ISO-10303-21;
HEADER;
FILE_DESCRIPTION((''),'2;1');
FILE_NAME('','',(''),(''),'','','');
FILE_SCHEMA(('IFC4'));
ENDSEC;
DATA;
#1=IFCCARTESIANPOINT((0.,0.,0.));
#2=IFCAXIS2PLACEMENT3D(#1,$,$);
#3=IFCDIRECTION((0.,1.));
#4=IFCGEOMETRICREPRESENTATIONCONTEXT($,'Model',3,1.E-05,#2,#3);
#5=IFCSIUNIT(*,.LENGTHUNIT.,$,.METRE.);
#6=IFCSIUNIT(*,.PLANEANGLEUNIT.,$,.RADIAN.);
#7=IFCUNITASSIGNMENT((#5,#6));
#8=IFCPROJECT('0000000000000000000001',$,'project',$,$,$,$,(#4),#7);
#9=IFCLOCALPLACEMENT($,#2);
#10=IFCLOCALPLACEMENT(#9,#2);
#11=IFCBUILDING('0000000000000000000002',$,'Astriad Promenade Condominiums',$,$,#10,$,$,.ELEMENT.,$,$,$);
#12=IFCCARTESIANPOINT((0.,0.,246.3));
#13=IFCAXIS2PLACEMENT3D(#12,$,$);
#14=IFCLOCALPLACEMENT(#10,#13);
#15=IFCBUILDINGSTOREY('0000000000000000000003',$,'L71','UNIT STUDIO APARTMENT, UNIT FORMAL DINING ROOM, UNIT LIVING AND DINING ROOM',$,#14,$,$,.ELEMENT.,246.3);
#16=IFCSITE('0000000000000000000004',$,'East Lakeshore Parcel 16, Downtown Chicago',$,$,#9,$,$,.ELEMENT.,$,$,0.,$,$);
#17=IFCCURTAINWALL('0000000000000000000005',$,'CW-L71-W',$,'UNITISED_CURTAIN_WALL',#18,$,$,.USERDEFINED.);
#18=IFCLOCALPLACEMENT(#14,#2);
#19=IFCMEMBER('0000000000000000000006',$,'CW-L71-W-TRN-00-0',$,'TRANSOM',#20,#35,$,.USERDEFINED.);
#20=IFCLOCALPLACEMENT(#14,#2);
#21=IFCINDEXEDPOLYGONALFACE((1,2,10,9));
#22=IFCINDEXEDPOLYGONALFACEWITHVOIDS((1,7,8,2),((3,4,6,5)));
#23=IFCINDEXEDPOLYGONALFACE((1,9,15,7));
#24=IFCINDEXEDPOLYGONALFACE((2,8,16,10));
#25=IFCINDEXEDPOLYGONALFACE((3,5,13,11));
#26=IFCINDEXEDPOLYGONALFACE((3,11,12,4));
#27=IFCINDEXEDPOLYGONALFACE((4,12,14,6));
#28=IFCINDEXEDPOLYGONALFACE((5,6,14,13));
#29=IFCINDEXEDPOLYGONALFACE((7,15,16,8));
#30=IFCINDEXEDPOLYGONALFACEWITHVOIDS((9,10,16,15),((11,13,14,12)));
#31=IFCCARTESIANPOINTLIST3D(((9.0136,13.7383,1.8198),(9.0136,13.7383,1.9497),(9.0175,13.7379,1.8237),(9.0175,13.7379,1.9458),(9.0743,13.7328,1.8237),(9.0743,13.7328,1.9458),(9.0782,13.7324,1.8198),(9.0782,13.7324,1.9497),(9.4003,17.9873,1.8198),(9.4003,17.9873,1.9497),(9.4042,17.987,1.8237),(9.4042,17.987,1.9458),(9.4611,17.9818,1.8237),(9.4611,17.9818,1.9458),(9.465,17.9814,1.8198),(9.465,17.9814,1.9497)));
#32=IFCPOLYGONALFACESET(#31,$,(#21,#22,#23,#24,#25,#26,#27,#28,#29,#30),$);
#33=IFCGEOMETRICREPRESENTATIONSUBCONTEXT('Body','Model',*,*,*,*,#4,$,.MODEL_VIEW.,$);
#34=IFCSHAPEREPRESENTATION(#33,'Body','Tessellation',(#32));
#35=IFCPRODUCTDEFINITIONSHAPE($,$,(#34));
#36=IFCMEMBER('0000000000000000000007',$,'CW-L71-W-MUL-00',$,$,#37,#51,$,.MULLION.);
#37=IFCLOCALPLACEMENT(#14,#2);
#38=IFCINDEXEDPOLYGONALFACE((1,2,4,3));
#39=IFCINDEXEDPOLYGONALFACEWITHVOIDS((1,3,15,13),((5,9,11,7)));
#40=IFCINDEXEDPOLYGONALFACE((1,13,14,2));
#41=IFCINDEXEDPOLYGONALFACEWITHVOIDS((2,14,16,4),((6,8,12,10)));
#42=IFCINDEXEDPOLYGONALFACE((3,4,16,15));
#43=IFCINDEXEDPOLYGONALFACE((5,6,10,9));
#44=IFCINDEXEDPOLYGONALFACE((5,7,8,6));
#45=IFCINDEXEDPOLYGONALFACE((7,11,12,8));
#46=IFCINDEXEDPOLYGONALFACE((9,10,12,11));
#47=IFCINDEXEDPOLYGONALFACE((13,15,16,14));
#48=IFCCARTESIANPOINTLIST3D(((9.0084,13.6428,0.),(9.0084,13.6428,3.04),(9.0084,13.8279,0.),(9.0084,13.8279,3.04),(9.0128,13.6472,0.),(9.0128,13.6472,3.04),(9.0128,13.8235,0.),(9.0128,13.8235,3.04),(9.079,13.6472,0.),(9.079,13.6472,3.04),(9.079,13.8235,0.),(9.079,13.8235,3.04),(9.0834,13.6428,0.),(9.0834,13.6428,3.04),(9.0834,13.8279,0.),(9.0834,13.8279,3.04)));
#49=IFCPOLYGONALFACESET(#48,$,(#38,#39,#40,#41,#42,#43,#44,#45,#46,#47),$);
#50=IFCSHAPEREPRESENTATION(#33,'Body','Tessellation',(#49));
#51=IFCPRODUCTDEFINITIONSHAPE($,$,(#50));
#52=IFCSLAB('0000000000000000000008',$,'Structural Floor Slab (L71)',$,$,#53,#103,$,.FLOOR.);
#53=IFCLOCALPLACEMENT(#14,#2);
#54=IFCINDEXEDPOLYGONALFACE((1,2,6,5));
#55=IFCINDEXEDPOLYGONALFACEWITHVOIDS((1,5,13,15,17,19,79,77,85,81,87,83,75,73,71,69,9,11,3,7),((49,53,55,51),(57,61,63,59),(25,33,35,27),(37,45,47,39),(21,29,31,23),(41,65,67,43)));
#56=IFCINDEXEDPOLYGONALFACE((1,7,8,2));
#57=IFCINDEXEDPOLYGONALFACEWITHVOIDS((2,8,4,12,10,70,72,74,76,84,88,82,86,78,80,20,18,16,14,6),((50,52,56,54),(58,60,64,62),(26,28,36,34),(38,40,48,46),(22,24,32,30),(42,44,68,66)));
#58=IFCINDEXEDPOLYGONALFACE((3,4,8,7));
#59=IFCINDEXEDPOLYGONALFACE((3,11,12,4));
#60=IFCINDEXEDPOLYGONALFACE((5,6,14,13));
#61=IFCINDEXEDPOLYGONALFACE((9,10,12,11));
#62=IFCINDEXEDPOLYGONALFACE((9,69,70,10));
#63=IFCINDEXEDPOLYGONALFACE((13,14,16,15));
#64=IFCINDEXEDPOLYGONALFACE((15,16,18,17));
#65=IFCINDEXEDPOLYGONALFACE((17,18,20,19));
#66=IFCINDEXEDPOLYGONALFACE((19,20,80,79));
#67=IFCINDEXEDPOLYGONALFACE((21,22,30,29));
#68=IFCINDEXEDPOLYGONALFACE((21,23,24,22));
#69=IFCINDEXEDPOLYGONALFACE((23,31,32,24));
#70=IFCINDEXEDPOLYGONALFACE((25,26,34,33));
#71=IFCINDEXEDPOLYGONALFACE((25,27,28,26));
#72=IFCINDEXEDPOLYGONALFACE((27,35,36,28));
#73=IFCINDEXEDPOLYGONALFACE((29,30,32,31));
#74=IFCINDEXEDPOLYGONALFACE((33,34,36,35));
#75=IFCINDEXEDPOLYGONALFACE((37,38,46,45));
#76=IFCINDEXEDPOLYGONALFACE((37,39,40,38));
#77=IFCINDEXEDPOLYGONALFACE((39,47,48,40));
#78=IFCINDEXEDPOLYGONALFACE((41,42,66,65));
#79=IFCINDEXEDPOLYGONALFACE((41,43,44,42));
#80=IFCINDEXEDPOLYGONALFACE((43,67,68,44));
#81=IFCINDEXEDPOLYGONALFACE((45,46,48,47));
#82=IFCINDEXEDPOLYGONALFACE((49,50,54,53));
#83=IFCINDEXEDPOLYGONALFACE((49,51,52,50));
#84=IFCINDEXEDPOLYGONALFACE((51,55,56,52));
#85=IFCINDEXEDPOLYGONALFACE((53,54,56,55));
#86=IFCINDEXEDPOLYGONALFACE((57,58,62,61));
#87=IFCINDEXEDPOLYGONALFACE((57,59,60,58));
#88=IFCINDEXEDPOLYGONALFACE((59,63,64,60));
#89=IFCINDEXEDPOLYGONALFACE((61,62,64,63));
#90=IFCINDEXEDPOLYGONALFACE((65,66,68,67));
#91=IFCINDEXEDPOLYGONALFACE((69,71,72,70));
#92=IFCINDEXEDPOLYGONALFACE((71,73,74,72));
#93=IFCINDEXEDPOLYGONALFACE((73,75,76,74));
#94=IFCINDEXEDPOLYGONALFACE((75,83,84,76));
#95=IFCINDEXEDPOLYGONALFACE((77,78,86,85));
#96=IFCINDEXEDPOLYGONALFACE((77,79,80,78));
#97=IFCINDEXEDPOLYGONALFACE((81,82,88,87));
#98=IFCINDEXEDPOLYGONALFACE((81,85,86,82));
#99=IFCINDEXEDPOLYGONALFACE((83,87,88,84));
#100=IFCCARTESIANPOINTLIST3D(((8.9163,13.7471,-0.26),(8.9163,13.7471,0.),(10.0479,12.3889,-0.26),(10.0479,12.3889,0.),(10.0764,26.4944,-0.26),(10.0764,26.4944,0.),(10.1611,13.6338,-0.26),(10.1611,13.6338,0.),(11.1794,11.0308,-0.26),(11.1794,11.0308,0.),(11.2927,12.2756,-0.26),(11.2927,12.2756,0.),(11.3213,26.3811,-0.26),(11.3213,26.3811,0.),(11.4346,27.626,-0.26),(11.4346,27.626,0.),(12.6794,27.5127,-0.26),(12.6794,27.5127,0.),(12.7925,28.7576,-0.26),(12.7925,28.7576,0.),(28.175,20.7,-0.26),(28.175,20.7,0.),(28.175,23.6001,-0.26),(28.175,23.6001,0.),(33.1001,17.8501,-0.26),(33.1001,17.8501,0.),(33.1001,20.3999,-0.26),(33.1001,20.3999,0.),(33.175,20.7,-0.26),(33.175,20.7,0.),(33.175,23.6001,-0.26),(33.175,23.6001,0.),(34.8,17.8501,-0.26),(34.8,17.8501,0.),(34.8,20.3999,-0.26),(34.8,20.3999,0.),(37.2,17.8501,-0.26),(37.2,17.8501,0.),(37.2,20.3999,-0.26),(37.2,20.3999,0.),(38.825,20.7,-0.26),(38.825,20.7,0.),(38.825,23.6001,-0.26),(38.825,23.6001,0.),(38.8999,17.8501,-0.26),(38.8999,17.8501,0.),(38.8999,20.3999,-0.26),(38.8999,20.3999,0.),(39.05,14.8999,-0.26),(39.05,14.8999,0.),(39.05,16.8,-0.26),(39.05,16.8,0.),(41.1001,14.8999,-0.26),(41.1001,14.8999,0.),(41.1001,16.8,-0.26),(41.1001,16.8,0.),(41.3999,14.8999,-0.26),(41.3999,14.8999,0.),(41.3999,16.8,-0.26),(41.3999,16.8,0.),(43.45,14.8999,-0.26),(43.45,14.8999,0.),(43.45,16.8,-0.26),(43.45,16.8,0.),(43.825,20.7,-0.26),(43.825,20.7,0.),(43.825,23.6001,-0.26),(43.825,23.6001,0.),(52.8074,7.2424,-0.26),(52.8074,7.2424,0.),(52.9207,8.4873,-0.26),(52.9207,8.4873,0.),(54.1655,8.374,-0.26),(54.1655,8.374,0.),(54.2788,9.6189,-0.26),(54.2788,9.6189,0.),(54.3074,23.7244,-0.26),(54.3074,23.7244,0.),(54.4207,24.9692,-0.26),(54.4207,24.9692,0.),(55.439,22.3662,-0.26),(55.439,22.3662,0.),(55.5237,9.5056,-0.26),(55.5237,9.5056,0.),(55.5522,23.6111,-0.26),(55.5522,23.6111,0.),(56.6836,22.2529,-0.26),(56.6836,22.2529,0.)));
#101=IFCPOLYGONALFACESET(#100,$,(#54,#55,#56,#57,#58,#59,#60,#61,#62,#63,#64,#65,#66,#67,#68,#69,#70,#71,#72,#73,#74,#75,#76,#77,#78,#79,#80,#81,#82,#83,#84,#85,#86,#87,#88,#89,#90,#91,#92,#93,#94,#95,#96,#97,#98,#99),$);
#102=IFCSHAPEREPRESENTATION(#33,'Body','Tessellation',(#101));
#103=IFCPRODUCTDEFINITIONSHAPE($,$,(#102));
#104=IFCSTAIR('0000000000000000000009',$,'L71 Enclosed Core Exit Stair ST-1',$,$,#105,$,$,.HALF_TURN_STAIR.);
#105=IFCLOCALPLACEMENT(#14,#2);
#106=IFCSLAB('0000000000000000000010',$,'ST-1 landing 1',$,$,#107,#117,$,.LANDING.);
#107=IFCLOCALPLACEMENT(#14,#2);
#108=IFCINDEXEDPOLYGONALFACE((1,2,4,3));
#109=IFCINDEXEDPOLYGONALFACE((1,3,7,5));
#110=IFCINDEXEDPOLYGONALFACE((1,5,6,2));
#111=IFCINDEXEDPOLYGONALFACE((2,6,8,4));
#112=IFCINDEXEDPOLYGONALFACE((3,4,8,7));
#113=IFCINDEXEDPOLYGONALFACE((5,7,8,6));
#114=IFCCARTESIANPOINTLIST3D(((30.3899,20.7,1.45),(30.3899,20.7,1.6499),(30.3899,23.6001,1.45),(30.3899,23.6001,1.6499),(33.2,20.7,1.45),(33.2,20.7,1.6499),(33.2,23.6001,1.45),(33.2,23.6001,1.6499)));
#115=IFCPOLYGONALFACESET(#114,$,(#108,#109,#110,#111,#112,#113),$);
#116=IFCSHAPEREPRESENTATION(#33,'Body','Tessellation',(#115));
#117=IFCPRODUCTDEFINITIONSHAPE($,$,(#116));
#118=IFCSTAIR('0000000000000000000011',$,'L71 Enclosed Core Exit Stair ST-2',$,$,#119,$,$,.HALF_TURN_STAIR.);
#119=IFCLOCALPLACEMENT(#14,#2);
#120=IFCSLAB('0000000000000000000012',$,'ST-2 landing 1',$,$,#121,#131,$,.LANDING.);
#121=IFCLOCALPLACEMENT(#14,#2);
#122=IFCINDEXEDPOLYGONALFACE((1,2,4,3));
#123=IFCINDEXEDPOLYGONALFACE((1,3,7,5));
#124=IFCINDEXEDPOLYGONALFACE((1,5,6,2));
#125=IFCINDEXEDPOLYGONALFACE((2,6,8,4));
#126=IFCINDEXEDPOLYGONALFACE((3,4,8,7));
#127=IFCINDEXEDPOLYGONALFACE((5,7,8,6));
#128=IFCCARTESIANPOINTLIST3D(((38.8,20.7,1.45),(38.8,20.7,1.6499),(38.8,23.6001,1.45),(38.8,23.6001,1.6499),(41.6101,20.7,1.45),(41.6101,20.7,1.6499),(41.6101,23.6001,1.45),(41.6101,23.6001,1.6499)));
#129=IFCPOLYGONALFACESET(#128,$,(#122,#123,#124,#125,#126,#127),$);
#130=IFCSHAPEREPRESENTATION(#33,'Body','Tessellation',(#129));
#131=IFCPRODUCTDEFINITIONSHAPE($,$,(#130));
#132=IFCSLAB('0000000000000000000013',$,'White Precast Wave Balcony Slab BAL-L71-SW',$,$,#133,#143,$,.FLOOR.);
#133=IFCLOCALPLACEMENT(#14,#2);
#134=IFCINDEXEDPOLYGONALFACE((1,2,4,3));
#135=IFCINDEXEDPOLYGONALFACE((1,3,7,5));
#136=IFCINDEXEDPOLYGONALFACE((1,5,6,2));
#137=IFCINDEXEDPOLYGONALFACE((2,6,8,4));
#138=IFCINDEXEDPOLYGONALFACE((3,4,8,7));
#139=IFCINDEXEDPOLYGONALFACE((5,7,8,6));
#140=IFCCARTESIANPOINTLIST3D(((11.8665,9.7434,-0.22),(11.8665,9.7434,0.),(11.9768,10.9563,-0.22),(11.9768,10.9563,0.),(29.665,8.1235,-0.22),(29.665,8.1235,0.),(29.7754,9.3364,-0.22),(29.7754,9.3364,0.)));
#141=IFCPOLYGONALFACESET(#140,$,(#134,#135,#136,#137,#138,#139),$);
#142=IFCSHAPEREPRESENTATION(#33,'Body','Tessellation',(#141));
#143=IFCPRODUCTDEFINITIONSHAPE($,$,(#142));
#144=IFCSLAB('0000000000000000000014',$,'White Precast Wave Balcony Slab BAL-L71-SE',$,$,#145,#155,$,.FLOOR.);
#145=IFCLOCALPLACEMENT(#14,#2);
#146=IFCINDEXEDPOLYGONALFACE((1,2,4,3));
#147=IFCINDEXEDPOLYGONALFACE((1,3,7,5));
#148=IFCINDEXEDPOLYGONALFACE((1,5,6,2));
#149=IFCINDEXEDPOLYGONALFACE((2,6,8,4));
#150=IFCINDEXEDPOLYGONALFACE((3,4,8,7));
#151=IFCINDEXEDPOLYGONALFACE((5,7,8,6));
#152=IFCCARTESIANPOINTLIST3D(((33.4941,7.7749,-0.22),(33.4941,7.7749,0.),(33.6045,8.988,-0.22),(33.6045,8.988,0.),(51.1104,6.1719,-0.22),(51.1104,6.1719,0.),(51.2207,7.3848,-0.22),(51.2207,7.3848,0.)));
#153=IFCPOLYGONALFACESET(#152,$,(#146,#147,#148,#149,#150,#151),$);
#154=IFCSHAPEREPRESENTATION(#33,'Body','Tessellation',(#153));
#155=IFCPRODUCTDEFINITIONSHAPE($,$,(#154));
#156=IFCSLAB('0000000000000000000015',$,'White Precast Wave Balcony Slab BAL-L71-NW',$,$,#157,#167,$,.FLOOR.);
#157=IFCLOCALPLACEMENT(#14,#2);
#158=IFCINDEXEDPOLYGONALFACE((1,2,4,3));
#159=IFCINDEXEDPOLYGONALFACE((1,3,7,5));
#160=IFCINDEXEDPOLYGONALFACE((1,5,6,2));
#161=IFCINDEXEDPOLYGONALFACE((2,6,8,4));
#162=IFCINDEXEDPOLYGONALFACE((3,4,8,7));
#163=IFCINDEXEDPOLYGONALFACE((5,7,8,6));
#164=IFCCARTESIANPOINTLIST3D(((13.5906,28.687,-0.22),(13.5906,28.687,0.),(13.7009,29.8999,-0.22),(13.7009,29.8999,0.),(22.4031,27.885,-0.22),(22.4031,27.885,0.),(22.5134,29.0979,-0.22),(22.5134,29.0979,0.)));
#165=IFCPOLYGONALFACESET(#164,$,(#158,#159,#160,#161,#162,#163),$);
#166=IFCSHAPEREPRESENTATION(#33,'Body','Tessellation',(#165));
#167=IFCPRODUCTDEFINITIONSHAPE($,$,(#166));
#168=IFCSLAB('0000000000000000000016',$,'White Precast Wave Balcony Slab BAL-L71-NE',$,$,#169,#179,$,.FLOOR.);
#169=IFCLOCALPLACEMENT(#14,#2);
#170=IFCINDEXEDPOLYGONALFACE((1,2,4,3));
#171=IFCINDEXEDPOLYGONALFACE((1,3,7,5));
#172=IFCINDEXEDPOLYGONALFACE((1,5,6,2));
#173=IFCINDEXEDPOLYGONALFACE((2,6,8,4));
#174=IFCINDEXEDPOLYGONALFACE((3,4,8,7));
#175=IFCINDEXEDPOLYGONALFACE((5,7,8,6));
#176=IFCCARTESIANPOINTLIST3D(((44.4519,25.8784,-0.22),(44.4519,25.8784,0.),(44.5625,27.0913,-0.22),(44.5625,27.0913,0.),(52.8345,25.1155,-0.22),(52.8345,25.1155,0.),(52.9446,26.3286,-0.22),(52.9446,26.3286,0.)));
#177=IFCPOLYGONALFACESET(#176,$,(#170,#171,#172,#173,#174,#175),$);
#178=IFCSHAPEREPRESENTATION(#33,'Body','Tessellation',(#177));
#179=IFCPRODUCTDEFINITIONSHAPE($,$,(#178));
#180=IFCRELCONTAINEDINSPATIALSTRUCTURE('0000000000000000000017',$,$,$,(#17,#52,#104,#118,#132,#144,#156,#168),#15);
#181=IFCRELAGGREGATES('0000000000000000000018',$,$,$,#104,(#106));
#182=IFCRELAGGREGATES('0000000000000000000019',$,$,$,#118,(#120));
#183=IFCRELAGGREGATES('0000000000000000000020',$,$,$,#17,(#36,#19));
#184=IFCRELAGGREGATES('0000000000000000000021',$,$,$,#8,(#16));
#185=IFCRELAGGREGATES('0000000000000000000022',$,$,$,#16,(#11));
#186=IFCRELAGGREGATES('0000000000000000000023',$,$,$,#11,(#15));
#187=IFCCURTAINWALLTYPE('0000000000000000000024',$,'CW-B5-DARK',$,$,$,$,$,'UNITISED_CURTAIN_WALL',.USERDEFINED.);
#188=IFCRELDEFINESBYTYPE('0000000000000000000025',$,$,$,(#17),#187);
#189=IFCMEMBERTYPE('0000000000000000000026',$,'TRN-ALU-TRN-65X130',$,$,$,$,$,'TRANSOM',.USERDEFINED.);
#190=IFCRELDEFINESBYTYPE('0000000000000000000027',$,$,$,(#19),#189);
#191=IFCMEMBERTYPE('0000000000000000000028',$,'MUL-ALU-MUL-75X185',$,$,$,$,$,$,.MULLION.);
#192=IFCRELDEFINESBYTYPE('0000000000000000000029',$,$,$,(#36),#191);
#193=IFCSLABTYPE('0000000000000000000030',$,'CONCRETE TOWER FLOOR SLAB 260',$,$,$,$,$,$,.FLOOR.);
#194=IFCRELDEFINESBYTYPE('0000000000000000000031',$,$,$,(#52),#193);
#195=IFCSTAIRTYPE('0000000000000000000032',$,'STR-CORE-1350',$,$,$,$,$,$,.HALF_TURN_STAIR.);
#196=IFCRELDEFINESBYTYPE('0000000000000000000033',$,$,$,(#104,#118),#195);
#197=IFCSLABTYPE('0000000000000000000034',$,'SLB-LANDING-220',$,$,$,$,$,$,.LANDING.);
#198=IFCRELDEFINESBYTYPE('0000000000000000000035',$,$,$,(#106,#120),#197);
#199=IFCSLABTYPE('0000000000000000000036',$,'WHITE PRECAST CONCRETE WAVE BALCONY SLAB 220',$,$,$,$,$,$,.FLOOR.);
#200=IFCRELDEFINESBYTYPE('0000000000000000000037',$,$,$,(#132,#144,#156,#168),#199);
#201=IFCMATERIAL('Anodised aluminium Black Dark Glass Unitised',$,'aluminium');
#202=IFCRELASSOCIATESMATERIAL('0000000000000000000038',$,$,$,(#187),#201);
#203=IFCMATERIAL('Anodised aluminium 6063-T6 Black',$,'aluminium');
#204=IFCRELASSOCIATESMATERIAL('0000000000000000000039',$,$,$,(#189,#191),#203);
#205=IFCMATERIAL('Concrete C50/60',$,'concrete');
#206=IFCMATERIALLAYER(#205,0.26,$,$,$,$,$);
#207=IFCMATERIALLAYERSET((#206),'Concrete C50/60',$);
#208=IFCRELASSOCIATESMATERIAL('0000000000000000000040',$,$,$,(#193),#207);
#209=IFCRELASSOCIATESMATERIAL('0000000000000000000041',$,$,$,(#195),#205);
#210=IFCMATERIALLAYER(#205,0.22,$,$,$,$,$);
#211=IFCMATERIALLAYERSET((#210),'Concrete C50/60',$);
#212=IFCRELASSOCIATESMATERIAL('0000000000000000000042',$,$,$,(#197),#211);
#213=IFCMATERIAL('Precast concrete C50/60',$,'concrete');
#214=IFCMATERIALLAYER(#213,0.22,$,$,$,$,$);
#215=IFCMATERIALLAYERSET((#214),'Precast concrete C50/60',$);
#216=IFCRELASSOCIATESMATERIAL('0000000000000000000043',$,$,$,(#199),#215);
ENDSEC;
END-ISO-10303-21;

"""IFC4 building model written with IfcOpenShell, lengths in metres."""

from ifc_helpers import new_model, si_unit, direction, frame, origin, origin_2d, place, context, subcontext, project, spatial, polyline, hollow_rectangle, outline, extrude, source, transform, mapped, material, layer, layer_set, material_profile, profile_set, type_object, type_shapes, element, aggregate, save


model = new_model("IFC4")

# Units and contexts
model_context = context("Model", 3, precision=1e-05, world=origin(), true_north=direction((0.0, 1.0)))
body_context = subcontext(model_context, "Body", "Model", "MODEL_VIEW")
ifc_project = project(units=[si_unit("LENGTHUNIT", "METRE"), si_unit("PLANEANGLEUNIT", "RADIAN")], contexts=[model_context])

# Site, building, storey
site_placement = place(None, origin())
site = spatial("IfcSite", under=ifc_project, at=site_placement, Name="East Lakeshore Parcel 16, Downtown Chicago", CompositionType="ELEMENT", RefElevation=0.0)
building_placement = place(site_placement, origin())
building = spatial("IfcBuilding", under=site, at=building_placement, Name="Astriad Promenade Condominiums", CompositionType="ELEMENT")
storey_placement = place(building_placement, frame((0.0, 0.0, 246.3)))
storey = spatial("IfcBuildingStorey", under=building, at=storey_placement, Name="L71", Description="UNIT STUDIO APARTMENT, UNIT FORMAL DINING ROOM, UNIT LIVING AND DINING ROOM", CompositionType="ELEMENT", Elevation=246.3)

# Curtain wall, members
ifc_material_1 = material(Name="Anodised aluminium Black Dark Glass Unitised", Category="aluminium")
curtain_wall_type = type_object("IfcCurtainWallType", Name="CW-B5-DARK", ElementType="UNITISED_CURTAIN_WALL", PredefinedType="USERDEFINED", material=ifc_material_1)
curtain_wall_placement = place(storey_placement, origin())
curtain_wall = element("IfcCurtainWall", 1, at=curtain_wall_placement, inside=storey, type_object=curtain_wall_type, Name="CW-L71-W", ObjectType="UNITISED_CURTAIN_WALL", PredefinedType="USERDEFINED")
ifc_material_2 = material(Name="Anodised aluminium 6063-T6 Black", Category="aluminium")
ifc_material_profile_1 = material_profile(ifc_material_2, hollow_rectangle(XDim=0.0649, YDim=0.1299, WallThickness=0.0039, at=origin_2d()), Name="ALU-TRN-65X130")
ifc_profile_set_1 = profile_set([ifc_material_profile_1], Name="Anodised aluminium 6063-T6 Black")
member_type_1 = type_object("IfcMemberType", Name="TRN-ALU-TRN-65X130", ElementType="TRANSOM", PredefinedType="USERDEFINED", material=ifc_profile_set_1)
shared_shape_1 = source(origin(), body_context, "Body", "SweptSolid", [
    extrude(hollow_rectangle(XDim=0.0649, YDim=0.1299, WallThickness=0.0039, at=origin_2d()), origin(), (0.0, 0.0, 1.0), 4.2666),
])
type_shapes(member_type_1, [shared_shape_1])
member_1_placement = place(storey_placement, frame((9.0459, 13.7354, 1.8848), z_axis=(0.090639, 0.995884, 0.0), x_axis=(-0.995884, 0.090639, 0.0)))
member_1 = element("IfcMember", 2, at=member_1_placement, type_object=member_type_1, Name="CW-L71-W-TRN-00-0", ObjectType="TRANSOM", PredefinedType="USERDEFINED", context=body_context, shape_type="MappedRepresentation", body=[
    mapped(shared_shape_1, transform((0.0, 0.0, 0.0), scale=1.0)),
])
ifc_material_profile_2 = material_profile(ifc_material_2, hollow_rectangle(XDim=0.075, YDim=0.1851, WallThickness=0.0044, at=origin_2d()), Name="ALU-MUL-75X185")
ifc_profile_set_2 = profile_set([ifc_material_profile_2], Name="Anodised aluminium 6063-T6 Black")
member_type_2 = type_object("IfcMemberType", Name="MUL-ALU-MUL-75X185", PredefinedType="MULLION", material=ifc_profile_set_2)
shared_shape_2 = source(origin(), body_context, "Body", "SweptSolid", [
    extrude(hollow_rectangle(XDim=0.075, YDim=0.1851, WallThickness=0.0044, at=origin_2d()), origin(), (0.0, 0.0, 1.0), 3.04),
])
type_shapes(member_type_2, [shared_shape_2])
member_2_placement = place(storey_placement, frame((9.0459, 13.7354, 0.0), z_axis=(0.0, 0.0, 1.0), x_axis=(1.0, 0.0, 0.0)))
member_2 = element("IfcMember", 3, at=member_2_placement, type_object=member_type_2, Name="CW-L71-W-MUL-00", PredefinedType="MULLION", context=body_context, shape_type="MappedRepresentation", body=[
    mapped(shared_shape_2, transform((0.0, 0.0, 0.0), scale=1.0)),
])

# Slab
ifc_material_3 = material(Name="Concrete C50/60", Category="concrete")
ifc_layer_1 = layer(ifc_material_3, 0.26)
ifc_layer_set_1 = layer_set([ifc_layer_1], Name="Concrete C50/60")
slab_type_1 = type_object("IfcSlabType", Name="CONCRETE TOWER FLOOR SLAB 260", PredefinedType="FLOOR", material=ifc_layer_set_1)
slab_1_placement = place(storey_placement, frame((0.0, 0.0, -0.26)))
element("IfcSlab", 4, at=slab_1_placement, inside=storey, type_object=slab_type_1, Name="Structural Floor Slab (L71)", PredefinedType="FLOOR", context=body_context, shape_type="SweptSolid", body=[
    extrude(outline(polyline([(11.1794, 11.0308), (52.8074, 7.2424), (52.9207, 8.4873), (54.1655, 8.374), (54.2788, 9.6189), (55.5237, 9.5056), (56.6836, 22.2529), (55.439, 22.3662), (55.5522, 23.6111), (54.3074, 23.7244), (54.4207, 24.9692), (12.7925, 28.7576), (12.6794, 27.5127), (11.4346, 27.626), (11.3213, 26.3811), (10.0764, 26.4944), (8.9163, 13.7471), (10.1611, 13.6338), (10.0479, 12.3889), (11.2927, 12.2756), (11.1794, 11.0308)]), holes=[polyline([(28.175, 20.7), (33.175, 20.7), (33.175, 23.6001), (28.175, 23.6001), (28.175, 20.7)]), polyline([(38.825, 20.7), (43.825, 20.7), (43.825, 23.6001), (38.825, 23.6001), (38.825, 20.7)]), polyline([(33.1001, 17.8501), (34.8, 17.8501), (34.8, 20.3999), (33.1001, 20.3999), (33.1001, 17.8501)]), polyline([(37.2, 17.8501), (38.8999, 17.8501), (38.8999, 20.3999), (37.2, 20.3999), (37.2, 17.8501)]), polyline([(39.05, 14.8999), (41.1001, 14.8999), (41.1001, 16.8), (39.05, 16.8), (39.05, 14.8999)]), polyline([(41.3999, 14.8999), (43.45, 14.8999), (43.45, 16.8), (41.3999, 16.8), (41.3999, 14.8999)])]), origin(), (0.0, 0.0, 1.0), 0.26),
])

# Stairs, slabs
stair_type = type_object("IfcStairType", Name="STR-CORE-1350", PredefinedType="HALF_TURN_STAIR", material=ifc_material_3)
stair_1_placement = place(storey_placement, origin())
stair_1 = element("IfcStair", 5, at=stair_1_placement, inside=storey, type_object=stair_type, Name="L71 Enclosed Core Exit Stair ST-1", PredefinedType="HALF_TURN_STAIR")
ifc_layer_2 = layer(ifc_material_3, 0.22)
ifc_layer_set_2 = layer_set([ifc_layer_2], Name="Concrete C50/60")
slab_type_2 = type_object("IfcSlabType", Name="SLB-LANDING-220", PredefinedType="LANDING", material=ifc_layer_set_2)
slab_2_placement = place(storey_placement, frame((0.0, 0.0, 1.45)))
slab_2 = element("IfcSlab", 6, at=slab_2_placement, type_object=slab_type_2, Name="ST-1 landing 1", PredefinedType="LANDING", context=body_context, shape_type="SweptSolid", body=[
    extrude(outline(polyline([(30.3899, 20.7), (33.2, 20.7), (33.2, 23.6001), (30.3899, 23.6001), (30.3899, 20.7)])), origin(), (0.0, 0.0, 1.0), 0.2),
])
aggregate(stair_1, [slab_2])
stair_2_placement = place(storey_placement, origin())
stair_2 = element("IfcStair", 7, at=stair_2_placement, inside=storey, type_object=stair_type, Name="L71 Enclosed Core Exit Stair ST-2", PredefinedType="HALF_TURN_STAIR")
slab_3_placement = place(storey_placement, frame((0.0, 0.0, 1.45)))
slab_3 = element("IfcSlab", 8, at=slab_3_placement, type_object=slab_type_2, Name="ST-2 landing 1", PredefinedType="LANDING", context=body_context, shape_type="SweptSolid", body=[
    extrude(outline(polyline([(41.6101, 23.6001), (38.8, 23.6001), (38.8, 20.7), (41.6101, 20.7), (41.6101, 23.6001)])), origin(), (0.0, 0.0, 1.0), 0.2),
])
aggregate(stair_2, [slab_3])

# Slabs
ifc_material_4 = material(Name="Precast concrete C50/60", Category="concrete")
ifc_layer_3 = layer(ifc_material_4, 0.22)
ifc_layer_set_3 = layer_set([ifc_layer_3], Name="Precast concrete C50/60")
slab_type_3 = type_object("IfcSlabType", Name="WHITE PRECAST CONCRETE WAVE BALCONY SLAB 220", PredefinedType="FLOOR", material=ifc_layer_set_3)
slab_4_placement = place(storey_placement, frame((0.0, 0.0, -0.22)))
element("IfcSlab", 9, at=slab_4_placement, inside=storey, type_object=slab_type_3, Name="White Precast Wave Balcony Slab BAL-L71-SW", PredefinedType="FLOOR", context=body_context, shape_type="SweptSolid", body=[
    extrude(outline(polyline([(29.665, 8.1235), (11.8665, 9.7434), (11.9768, 10.9563), (29.7754, 9.3364), (29.665, 8.1235)])), origin(), (0.0, 0.0, 1.0), 0.22),
])
slab_5_placement = place(storey_placement, frame((0.0, 0.0, -0.22)))
element("IfcSlab", 10, at=slab_5_placement, inside=storey, type_object=slab_type_3, Name="White Precast Wave Balcony Slab BAL-L71-SE", PredefinedType="FLOOR", context=body_context, shape_type="SweptSolid", body=[
    extrude(outline(polyline([(51.1104, 6.1719), (33.4941, 7.7749), (33.6045, 8.988), (51.2207, 7.3848), (51.1104, 6.1719)])), origin(), (0.0, 0.0, 1.0), 0.22),
])
slab_6_placement = place(storey_placement, frame((0.0, 0.0, -0.22)))
element("IfcSlab", 11, at=slab_6_placement, inside=storey, type_object=slab_type_3, Name="White Precast Wave Balcony Slab BAL-L71-NW", PredefinedType="FLOOR", context=body_context, shape_type="SweptSolid", body=[
    extrude(outline(polyline([(13.7009, 29.8999), (22.5134, 29.0979), (22.4031, 27.885), (13.5906, 28.687), (13.7009, 29.8999)])), origin(), (0.0, 0.0, 1.0), 0.22),
])
slab_7_placement = place(storey_placement, frame((0.0, 0.0, -0.22)))
element("IfcSlab", 12, at=slab_7_placement, inside=storey, type_object=slab_type_3, Name="White Precast Wave Balcony Slab BAL-L71-NE", PredefinedType="FLOOR", context=body_context, shape_type="SweptSolid", body=[
    extrude(outline(polyline([(44.5625, 27.0913), (52.9446, 26.3286), (52.8345, 25.1155), (44.4519, 25.8784), (44.5625, 27.0913)])), origin(), (0.0, 0.0, 1.0), 0.22),
])

aggregate(curtain_wall, [member_2, member_1])

save(model, "model.ifc")
